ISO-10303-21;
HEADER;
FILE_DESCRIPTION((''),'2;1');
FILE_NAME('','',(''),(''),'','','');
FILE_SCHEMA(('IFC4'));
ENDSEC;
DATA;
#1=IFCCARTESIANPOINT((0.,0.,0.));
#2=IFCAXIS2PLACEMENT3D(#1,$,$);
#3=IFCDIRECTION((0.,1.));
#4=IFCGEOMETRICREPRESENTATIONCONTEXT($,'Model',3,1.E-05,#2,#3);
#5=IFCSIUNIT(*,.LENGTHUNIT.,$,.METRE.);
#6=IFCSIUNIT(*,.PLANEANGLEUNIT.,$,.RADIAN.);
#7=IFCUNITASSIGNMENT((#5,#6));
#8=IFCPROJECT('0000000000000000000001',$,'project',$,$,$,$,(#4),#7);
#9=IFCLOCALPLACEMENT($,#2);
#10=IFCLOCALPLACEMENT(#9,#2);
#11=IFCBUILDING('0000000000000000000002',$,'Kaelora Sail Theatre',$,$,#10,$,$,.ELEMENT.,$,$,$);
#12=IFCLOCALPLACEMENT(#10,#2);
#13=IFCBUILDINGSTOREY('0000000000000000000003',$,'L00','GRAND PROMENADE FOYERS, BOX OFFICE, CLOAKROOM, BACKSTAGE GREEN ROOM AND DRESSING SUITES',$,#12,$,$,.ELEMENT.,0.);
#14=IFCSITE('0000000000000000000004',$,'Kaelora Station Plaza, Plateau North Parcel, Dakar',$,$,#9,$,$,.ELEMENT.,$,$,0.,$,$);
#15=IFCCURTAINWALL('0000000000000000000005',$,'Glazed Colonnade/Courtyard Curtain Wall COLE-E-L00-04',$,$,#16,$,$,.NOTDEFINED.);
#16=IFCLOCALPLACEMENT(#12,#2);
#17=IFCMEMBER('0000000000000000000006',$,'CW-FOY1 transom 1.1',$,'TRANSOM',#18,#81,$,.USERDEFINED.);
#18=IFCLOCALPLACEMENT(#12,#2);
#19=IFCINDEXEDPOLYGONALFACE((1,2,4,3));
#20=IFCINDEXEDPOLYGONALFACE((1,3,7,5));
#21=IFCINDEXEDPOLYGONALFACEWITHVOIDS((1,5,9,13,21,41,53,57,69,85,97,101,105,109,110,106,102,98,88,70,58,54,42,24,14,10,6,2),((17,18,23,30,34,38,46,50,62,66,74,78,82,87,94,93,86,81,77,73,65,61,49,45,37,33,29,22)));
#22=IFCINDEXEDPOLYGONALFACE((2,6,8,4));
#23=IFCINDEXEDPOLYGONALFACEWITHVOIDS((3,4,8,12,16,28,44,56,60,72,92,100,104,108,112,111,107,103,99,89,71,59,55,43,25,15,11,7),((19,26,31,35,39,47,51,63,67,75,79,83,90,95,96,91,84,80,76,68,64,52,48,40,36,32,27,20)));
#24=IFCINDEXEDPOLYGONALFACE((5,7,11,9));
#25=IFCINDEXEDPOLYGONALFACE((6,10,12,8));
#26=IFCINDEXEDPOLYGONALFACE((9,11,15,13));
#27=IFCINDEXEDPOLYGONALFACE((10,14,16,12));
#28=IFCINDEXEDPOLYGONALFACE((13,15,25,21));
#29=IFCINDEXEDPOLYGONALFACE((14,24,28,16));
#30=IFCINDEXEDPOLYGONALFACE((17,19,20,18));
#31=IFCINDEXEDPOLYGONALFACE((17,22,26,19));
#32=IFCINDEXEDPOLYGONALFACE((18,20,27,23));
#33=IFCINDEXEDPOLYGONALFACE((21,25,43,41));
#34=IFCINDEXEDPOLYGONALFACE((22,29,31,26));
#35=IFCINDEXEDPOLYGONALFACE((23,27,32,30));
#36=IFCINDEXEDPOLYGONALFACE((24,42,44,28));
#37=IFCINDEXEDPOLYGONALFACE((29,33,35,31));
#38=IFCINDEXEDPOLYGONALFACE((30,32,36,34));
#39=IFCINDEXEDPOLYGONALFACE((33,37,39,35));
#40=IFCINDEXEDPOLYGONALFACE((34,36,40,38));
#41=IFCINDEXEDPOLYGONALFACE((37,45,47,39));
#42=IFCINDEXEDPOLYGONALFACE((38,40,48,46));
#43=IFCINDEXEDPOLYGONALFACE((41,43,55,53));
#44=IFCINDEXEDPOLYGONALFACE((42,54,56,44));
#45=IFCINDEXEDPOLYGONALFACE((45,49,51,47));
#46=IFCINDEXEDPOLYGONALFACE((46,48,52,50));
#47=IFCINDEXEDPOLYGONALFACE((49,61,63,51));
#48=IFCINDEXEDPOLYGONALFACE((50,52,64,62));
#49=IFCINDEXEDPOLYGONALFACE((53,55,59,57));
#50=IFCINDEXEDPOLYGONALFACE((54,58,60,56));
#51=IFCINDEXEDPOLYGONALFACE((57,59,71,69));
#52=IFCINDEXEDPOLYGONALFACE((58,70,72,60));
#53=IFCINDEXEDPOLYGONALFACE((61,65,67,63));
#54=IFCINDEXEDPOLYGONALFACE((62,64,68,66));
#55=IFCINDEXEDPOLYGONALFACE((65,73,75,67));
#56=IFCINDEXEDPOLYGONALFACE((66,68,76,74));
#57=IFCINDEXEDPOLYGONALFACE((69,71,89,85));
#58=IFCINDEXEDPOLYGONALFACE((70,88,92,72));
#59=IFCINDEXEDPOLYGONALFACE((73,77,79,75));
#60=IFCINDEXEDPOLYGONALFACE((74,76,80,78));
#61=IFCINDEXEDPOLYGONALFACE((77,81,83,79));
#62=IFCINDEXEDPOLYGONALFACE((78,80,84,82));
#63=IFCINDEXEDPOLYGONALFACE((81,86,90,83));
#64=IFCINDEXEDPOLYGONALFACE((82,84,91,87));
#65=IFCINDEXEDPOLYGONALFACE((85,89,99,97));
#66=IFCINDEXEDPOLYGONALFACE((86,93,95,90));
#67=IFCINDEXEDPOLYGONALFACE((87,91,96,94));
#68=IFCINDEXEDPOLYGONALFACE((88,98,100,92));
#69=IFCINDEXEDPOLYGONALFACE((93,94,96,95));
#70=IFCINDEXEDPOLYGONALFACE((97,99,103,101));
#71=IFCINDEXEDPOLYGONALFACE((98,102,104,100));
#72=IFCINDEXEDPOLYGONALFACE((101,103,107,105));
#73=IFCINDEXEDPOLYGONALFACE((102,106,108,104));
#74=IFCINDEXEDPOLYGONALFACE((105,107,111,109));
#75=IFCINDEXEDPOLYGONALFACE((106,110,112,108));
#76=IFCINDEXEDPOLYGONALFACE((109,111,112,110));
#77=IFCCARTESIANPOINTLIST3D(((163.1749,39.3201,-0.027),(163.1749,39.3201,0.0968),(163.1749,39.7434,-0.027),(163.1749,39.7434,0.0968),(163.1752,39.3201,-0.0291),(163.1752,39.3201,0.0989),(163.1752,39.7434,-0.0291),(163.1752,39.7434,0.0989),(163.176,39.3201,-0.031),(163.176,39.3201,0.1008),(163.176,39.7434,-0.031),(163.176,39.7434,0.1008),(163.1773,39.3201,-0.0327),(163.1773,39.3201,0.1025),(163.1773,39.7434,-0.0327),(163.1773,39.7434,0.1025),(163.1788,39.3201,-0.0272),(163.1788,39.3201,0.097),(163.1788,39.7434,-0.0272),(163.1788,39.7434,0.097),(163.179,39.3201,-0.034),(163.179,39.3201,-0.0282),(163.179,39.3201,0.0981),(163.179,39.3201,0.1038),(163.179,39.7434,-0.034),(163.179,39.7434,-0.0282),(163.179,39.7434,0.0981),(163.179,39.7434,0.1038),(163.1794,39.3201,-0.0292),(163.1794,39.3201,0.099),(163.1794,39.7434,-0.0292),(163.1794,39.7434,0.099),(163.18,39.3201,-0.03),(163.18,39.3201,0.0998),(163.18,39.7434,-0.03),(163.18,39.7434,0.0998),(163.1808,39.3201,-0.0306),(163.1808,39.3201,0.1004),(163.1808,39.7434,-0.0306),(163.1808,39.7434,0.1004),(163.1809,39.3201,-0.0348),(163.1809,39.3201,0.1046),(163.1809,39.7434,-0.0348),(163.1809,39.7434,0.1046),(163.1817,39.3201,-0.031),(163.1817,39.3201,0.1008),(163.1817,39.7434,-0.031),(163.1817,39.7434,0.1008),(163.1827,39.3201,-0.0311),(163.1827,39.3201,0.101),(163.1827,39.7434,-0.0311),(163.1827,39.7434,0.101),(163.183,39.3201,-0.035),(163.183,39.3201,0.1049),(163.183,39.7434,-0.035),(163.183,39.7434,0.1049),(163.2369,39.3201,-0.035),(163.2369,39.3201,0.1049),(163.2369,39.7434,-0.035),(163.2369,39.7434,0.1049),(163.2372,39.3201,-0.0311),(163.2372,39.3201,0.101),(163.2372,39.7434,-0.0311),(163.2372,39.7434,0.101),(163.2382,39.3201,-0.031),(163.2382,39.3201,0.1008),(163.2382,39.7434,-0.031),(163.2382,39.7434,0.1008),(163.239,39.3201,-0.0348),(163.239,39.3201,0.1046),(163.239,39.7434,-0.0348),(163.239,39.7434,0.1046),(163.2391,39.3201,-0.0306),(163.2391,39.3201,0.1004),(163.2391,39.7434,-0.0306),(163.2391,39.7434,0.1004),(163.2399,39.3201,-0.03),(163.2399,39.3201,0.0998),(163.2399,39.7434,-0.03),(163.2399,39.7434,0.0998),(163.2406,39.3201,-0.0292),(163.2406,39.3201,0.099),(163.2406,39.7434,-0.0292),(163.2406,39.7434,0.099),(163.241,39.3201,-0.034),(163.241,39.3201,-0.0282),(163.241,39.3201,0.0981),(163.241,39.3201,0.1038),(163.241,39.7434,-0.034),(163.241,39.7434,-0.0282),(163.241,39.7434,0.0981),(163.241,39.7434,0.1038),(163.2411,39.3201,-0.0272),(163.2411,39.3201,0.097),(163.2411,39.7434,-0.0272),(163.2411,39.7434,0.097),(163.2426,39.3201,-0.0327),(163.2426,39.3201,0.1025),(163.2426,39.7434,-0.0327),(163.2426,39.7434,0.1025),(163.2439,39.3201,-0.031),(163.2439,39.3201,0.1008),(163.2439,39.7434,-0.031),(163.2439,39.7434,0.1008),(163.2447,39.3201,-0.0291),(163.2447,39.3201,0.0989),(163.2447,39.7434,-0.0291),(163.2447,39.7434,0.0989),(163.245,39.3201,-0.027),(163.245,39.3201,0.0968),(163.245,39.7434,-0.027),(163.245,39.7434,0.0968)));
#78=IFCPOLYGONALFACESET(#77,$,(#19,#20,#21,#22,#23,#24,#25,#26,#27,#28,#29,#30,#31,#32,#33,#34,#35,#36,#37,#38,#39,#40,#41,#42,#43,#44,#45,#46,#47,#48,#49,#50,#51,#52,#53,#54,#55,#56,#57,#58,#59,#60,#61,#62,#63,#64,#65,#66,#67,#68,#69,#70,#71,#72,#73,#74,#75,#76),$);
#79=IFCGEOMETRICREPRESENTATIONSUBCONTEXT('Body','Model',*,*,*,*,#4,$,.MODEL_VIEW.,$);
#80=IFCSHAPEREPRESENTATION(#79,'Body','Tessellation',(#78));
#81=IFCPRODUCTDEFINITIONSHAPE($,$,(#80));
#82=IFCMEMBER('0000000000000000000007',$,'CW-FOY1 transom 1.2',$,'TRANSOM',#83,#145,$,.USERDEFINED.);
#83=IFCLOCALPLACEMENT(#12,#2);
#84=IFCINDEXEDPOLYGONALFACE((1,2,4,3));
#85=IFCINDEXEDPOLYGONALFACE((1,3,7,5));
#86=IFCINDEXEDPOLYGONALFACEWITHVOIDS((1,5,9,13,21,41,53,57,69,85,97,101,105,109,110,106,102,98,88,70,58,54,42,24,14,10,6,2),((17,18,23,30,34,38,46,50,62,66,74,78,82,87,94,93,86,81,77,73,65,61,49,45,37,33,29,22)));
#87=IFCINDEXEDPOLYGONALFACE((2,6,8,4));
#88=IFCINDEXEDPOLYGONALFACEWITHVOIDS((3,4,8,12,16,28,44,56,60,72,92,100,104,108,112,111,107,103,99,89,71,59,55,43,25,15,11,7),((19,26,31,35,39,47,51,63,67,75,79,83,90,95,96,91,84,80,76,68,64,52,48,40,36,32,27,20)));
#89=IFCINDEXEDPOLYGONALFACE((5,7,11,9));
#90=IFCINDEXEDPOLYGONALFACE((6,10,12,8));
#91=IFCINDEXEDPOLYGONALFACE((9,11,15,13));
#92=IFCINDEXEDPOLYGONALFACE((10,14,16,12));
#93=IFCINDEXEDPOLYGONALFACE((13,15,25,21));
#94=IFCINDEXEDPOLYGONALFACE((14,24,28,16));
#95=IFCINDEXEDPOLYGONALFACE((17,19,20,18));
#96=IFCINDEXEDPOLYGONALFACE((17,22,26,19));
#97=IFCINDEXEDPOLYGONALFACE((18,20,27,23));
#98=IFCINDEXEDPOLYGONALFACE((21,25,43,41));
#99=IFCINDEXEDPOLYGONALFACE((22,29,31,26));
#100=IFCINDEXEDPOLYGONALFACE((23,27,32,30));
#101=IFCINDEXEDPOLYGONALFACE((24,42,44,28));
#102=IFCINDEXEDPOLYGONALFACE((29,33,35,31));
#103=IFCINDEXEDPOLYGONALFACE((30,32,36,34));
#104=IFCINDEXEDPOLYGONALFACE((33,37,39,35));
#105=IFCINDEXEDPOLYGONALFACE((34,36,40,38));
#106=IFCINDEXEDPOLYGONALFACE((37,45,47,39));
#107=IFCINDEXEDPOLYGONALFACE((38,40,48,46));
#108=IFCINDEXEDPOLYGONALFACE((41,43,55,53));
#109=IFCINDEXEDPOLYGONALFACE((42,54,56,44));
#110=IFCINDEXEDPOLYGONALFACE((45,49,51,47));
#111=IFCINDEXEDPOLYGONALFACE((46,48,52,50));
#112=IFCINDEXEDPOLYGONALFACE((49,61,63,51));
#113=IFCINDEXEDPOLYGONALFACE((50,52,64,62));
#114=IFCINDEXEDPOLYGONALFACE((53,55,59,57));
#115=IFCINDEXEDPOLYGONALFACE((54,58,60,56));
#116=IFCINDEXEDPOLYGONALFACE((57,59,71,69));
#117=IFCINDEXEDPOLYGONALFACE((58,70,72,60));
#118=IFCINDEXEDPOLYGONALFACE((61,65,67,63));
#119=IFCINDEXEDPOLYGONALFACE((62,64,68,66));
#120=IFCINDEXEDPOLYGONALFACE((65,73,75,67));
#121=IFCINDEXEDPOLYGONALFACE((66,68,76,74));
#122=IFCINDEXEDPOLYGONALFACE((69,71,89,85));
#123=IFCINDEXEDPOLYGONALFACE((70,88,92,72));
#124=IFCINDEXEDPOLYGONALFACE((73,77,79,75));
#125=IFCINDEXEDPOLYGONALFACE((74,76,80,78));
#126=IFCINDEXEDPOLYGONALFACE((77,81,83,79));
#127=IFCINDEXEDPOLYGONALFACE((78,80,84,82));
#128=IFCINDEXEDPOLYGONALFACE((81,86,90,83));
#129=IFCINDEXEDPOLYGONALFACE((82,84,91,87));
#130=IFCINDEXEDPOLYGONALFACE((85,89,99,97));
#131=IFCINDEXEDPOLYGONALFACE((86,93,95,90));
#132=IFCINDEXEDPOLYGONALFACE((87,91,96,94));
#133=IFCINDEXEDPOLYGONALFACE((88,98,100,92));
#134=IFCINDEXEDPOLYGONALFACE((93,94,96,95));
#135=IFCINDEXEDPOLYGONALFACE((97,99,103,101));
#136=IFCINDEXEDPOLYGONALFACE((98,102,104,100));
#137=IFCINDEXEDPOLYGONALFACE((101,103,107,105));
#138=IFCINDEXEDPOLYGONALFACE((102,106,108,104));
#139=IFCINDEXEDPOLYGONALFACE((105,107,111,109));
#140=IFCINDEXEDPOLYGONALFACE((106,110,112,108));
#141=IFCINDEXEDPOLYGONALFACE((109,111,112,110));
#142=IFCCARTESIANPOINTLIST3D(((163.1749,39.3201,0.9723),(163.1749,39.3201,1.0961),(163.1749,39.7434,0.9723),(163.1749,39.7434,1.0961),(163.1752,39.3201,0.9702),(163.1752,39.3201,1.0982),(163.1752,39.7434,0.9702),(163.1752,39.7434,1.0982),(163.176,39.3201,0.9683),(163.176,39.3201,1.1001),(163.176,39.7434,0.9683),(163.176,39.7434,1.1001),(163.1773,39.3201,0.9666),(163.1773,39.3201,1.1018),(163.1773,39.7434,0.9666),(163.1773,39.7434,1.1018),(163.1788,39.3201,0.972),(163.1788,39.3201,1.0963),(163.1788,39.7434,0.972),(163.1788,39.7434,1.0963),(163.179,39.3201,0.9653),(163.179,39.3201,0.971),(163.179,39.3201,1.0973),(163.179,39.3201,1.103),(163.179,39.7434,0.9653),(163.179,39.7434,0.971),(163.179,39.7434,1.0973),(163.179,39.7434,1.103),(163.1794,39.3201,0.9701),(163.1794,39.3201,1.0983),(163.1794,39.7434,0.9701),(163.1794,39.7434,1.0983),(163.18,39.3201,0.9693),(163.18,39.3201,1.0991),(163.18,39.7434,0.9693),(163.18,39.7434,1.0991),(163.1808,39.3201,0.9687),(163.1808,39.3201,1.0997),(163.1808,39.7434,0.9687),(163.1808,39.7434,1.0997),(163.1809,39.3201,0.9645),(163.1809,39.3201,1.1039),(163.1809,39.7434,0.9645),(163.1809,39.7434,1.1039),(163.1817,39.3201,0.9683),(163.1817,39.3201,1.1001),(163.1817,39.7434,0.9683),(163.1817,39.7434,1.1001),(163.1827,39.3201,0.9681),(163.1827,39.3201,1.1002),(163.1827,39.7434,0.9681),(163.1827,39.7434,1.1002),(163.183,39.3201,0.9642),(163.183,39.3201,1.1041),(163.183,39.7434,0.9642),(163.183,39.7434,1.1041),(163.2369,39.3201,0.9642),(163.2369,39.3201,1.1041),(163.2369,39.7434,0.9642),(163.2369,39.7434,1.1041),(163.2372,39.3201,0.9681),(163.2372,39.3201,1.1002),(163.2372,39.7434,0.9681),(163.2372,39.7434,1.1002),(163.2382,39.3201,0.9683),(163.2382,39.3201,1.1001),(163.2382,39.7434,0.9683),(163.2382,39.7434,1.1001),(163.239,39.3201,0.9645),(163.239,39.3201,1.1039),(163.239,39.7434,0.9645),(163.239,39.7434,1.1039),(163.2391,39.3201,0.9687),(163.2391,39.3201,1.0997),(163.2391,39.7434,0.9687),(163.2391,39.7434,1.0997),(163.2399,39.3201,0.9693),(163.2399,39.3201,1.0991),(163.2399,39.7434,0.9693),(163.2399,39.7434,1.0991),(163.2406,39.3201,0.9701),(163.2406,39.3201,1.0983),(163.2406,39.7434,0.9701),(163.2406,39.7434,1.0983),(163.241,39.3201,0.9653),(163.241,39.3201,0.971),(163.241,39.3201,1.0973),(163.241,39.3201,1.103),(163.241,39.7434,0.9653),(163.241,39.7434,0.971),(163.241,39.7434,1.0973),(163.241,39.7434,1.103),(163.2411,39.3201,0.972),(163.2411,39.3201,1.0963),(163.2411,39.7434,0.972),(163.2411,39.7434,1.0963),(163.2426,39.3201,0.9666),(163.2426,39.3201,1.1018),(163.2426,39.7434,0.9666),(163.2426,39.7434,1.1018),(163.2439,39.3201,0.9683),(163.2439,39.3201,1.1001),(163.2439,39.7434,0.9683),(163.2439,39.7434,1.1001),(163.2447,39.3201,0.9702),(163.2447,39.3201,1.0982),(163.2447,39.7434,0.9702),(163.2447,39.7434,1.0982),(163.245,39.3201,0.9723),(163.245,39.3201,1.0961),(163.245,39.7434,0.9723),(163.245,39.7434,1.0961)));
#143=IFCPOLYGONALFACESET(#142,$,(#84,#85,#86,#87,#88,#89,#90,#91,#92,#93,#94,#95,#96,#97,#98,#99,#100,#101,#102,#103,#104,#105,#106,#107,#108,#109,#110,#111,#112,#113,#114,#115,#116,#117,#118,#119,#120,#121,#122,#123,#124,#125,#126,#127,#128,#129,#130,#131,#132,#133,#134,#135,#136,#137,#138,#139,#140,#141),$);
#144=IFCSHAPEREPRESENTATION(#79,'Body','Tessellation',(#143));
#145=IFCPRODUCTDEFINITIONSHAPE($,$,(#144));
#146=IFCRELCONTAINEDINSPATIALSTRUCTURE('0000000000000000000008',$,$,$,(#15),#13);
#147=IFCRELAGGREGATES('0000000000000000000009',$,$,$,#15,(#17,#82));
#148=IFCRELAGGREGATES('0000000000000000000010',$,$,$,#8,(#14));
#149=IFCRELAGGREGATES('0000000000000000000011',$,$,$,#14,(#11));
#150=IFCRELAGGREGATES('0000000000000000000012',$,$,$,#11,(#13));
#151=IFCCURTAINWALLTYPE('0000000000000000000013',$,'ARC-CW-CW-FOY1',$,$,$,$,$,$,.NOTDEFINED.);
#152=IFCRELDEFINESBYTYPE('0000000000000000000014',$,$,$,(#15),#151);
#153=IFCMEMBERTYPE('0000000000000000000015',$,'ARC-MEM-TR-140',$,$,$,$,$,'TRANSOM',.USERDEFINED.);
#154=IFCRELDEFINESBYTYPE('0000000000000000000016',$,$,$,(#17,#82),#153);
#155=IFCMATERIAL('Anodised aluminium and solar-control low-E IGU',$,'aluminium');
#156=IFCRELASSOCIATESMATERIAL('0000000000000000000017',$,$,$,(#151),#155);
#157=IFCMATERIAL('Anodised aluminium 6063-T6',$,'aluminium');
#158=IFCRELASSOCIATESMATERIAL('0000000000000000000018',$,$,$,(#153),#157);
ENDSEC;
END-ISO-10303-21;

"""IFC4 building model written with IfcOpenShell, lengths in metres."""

from ifc_helpers import new_model, si_unit, direction, frame, origin, origin_2d, place, context, subcontext, project, spatial, hollow_rectangle, extrude, material, material_profile, profile_set, type_object, element, aggregate, save


model = new_model("IFC4")

# Units and contexts
model_context = context("Model", 3, precision=1e-05, world=origin(), true_north=direction((0.0, 1.0)))
body_context = subcontext(model_context, "Body", "Model", "MODEL_VIEW")
ifc_project = project(units=[si_unit("LENGTHUNIT", "METRE"), si_unit("PLANEANGLEUNIT", "RADIAN")], contexts=[model_context])

# Site, building, storey
site_placement = place(None, origin())
site = spatial("IfcSite", under=ifc_project, at=site_placement, Name="Kaelora Station Plaza, Plateau North Parcel, Dakar", CompositionType="ELEMENT", RefElevation=0.0)
building_placement = place(site_placement, origin())
building = spatial("IfcBuilding", under=site, at=building_placement, Name="Kaelora Sail Theatre", CompositionType="ELEMENT")
storey_placement = place(building_placement, origin())
storey = spatial("IfcBuildingStorey", under=building, at=storey_placement, Name="L00", Description="GRAND PROMENADE FOYERS, BOX OFFICE, CLOAKROOM, BACKSTAGE GREEN ROOM AND DRESSING SUITES", CompositionType="ELEMENT", Elevation=0.0)

# Curtain wall, members
ifc_material_1 = material(Name="Anodised aluminium and solar-control low-E IGU", Category="aluminium")
curtain_wall_type = type_object("IfcCurtainWallType", Name="ARC-CW-CW-FOY1", PredefinedType="NOTDEFINED", material=ifc_material_1)
curtain_wall_placement = place(storey_placement, origin())
curtain_wall = element("IfcCurtainWall", 1, at=curtain_wall_placement, inside=storey, type_object=curtain_wall_type, Name="Glazed Colonnade/Courtyard Curtain Wall COLE-E-L00-04", PredefinedType="NOTDEFINED")
ifc_material_2 = material(Name="Anodised aluminium 6063-T6", Category="aluminium")
ifc_material_profile_1 = material_profile(ifc_material_2, hollow_rectangle(XDim=0.0701, YDim=0.1399, WallThickness=0.0039, InnerFilletRadius=0.0039, OuterFilletRadius=0.0081, at=origin_2d()), Name="ALU-TRAN 70x140x4")
ifc_profile_set_1 = profile_set([ifc_material_profile_1], Name="Anodised aluminium 6063-T6")
member_type_1 = type_object("IfcMemberType", Name="ARC-MEM-TR-140", ElementType="TRANSOM", PredefinedType="USERDEFINED", material=ifc_profile_set_1)
member_1_placement = place(storey_placement, frame((163.21, 39.3201, 0.0349), z_axis=(0.0, 1.0, 0.0), x_axis=(-1.0, 0.0, 0.0)))
member_1 = element("IfcMember", 2, at=member_1_placement, type_object=member_type_1, Name="CW-FOY1 transom 1.1", ObjectType="TRANSOM", PredefinedType="USERDEFINED", context=body_context, shape_type="SweptSolid", body=[
    extrude(hollow_rectangle(XDim=0.0701, YDim=0.1399, WallThickness=0.0039, InnerFilletRadius=0.0039, OuterFilletRadius=0.0081, at=origin_2d()), origin(), (0.0, 0.0, 1.0), 0.4233),
])
member_2_placement = place(storey_placement, frame((163.21, 39.3201, 1.0342), z_axis=(0.0, 1.0, 0.0), x_axis=(-1.0, 0.0, 0.0)))
member_2 = element("IfcMember", 3, at=member_2_placement, type_object=member_type_1, Name="CW-FOY1 transom 1.2", ObjectType="TRANSOM", PredefinedType="USERDEFINED", context=body_context, shape_type="SweptSolid", body=[
    extrude(hollow_rectangle(XDim=0.0701, YDim=0.1399, WallThickness=0.0039, InnerFilletRadius=0.0039, OuterFilletRadius=0.0081, at=origin_2d()), origin(), (0.0, 0.0, 1.0), 0.4233),
])

aggregate(curtain_wall, [member_1, member_2])

save(model, "model.ifc")
